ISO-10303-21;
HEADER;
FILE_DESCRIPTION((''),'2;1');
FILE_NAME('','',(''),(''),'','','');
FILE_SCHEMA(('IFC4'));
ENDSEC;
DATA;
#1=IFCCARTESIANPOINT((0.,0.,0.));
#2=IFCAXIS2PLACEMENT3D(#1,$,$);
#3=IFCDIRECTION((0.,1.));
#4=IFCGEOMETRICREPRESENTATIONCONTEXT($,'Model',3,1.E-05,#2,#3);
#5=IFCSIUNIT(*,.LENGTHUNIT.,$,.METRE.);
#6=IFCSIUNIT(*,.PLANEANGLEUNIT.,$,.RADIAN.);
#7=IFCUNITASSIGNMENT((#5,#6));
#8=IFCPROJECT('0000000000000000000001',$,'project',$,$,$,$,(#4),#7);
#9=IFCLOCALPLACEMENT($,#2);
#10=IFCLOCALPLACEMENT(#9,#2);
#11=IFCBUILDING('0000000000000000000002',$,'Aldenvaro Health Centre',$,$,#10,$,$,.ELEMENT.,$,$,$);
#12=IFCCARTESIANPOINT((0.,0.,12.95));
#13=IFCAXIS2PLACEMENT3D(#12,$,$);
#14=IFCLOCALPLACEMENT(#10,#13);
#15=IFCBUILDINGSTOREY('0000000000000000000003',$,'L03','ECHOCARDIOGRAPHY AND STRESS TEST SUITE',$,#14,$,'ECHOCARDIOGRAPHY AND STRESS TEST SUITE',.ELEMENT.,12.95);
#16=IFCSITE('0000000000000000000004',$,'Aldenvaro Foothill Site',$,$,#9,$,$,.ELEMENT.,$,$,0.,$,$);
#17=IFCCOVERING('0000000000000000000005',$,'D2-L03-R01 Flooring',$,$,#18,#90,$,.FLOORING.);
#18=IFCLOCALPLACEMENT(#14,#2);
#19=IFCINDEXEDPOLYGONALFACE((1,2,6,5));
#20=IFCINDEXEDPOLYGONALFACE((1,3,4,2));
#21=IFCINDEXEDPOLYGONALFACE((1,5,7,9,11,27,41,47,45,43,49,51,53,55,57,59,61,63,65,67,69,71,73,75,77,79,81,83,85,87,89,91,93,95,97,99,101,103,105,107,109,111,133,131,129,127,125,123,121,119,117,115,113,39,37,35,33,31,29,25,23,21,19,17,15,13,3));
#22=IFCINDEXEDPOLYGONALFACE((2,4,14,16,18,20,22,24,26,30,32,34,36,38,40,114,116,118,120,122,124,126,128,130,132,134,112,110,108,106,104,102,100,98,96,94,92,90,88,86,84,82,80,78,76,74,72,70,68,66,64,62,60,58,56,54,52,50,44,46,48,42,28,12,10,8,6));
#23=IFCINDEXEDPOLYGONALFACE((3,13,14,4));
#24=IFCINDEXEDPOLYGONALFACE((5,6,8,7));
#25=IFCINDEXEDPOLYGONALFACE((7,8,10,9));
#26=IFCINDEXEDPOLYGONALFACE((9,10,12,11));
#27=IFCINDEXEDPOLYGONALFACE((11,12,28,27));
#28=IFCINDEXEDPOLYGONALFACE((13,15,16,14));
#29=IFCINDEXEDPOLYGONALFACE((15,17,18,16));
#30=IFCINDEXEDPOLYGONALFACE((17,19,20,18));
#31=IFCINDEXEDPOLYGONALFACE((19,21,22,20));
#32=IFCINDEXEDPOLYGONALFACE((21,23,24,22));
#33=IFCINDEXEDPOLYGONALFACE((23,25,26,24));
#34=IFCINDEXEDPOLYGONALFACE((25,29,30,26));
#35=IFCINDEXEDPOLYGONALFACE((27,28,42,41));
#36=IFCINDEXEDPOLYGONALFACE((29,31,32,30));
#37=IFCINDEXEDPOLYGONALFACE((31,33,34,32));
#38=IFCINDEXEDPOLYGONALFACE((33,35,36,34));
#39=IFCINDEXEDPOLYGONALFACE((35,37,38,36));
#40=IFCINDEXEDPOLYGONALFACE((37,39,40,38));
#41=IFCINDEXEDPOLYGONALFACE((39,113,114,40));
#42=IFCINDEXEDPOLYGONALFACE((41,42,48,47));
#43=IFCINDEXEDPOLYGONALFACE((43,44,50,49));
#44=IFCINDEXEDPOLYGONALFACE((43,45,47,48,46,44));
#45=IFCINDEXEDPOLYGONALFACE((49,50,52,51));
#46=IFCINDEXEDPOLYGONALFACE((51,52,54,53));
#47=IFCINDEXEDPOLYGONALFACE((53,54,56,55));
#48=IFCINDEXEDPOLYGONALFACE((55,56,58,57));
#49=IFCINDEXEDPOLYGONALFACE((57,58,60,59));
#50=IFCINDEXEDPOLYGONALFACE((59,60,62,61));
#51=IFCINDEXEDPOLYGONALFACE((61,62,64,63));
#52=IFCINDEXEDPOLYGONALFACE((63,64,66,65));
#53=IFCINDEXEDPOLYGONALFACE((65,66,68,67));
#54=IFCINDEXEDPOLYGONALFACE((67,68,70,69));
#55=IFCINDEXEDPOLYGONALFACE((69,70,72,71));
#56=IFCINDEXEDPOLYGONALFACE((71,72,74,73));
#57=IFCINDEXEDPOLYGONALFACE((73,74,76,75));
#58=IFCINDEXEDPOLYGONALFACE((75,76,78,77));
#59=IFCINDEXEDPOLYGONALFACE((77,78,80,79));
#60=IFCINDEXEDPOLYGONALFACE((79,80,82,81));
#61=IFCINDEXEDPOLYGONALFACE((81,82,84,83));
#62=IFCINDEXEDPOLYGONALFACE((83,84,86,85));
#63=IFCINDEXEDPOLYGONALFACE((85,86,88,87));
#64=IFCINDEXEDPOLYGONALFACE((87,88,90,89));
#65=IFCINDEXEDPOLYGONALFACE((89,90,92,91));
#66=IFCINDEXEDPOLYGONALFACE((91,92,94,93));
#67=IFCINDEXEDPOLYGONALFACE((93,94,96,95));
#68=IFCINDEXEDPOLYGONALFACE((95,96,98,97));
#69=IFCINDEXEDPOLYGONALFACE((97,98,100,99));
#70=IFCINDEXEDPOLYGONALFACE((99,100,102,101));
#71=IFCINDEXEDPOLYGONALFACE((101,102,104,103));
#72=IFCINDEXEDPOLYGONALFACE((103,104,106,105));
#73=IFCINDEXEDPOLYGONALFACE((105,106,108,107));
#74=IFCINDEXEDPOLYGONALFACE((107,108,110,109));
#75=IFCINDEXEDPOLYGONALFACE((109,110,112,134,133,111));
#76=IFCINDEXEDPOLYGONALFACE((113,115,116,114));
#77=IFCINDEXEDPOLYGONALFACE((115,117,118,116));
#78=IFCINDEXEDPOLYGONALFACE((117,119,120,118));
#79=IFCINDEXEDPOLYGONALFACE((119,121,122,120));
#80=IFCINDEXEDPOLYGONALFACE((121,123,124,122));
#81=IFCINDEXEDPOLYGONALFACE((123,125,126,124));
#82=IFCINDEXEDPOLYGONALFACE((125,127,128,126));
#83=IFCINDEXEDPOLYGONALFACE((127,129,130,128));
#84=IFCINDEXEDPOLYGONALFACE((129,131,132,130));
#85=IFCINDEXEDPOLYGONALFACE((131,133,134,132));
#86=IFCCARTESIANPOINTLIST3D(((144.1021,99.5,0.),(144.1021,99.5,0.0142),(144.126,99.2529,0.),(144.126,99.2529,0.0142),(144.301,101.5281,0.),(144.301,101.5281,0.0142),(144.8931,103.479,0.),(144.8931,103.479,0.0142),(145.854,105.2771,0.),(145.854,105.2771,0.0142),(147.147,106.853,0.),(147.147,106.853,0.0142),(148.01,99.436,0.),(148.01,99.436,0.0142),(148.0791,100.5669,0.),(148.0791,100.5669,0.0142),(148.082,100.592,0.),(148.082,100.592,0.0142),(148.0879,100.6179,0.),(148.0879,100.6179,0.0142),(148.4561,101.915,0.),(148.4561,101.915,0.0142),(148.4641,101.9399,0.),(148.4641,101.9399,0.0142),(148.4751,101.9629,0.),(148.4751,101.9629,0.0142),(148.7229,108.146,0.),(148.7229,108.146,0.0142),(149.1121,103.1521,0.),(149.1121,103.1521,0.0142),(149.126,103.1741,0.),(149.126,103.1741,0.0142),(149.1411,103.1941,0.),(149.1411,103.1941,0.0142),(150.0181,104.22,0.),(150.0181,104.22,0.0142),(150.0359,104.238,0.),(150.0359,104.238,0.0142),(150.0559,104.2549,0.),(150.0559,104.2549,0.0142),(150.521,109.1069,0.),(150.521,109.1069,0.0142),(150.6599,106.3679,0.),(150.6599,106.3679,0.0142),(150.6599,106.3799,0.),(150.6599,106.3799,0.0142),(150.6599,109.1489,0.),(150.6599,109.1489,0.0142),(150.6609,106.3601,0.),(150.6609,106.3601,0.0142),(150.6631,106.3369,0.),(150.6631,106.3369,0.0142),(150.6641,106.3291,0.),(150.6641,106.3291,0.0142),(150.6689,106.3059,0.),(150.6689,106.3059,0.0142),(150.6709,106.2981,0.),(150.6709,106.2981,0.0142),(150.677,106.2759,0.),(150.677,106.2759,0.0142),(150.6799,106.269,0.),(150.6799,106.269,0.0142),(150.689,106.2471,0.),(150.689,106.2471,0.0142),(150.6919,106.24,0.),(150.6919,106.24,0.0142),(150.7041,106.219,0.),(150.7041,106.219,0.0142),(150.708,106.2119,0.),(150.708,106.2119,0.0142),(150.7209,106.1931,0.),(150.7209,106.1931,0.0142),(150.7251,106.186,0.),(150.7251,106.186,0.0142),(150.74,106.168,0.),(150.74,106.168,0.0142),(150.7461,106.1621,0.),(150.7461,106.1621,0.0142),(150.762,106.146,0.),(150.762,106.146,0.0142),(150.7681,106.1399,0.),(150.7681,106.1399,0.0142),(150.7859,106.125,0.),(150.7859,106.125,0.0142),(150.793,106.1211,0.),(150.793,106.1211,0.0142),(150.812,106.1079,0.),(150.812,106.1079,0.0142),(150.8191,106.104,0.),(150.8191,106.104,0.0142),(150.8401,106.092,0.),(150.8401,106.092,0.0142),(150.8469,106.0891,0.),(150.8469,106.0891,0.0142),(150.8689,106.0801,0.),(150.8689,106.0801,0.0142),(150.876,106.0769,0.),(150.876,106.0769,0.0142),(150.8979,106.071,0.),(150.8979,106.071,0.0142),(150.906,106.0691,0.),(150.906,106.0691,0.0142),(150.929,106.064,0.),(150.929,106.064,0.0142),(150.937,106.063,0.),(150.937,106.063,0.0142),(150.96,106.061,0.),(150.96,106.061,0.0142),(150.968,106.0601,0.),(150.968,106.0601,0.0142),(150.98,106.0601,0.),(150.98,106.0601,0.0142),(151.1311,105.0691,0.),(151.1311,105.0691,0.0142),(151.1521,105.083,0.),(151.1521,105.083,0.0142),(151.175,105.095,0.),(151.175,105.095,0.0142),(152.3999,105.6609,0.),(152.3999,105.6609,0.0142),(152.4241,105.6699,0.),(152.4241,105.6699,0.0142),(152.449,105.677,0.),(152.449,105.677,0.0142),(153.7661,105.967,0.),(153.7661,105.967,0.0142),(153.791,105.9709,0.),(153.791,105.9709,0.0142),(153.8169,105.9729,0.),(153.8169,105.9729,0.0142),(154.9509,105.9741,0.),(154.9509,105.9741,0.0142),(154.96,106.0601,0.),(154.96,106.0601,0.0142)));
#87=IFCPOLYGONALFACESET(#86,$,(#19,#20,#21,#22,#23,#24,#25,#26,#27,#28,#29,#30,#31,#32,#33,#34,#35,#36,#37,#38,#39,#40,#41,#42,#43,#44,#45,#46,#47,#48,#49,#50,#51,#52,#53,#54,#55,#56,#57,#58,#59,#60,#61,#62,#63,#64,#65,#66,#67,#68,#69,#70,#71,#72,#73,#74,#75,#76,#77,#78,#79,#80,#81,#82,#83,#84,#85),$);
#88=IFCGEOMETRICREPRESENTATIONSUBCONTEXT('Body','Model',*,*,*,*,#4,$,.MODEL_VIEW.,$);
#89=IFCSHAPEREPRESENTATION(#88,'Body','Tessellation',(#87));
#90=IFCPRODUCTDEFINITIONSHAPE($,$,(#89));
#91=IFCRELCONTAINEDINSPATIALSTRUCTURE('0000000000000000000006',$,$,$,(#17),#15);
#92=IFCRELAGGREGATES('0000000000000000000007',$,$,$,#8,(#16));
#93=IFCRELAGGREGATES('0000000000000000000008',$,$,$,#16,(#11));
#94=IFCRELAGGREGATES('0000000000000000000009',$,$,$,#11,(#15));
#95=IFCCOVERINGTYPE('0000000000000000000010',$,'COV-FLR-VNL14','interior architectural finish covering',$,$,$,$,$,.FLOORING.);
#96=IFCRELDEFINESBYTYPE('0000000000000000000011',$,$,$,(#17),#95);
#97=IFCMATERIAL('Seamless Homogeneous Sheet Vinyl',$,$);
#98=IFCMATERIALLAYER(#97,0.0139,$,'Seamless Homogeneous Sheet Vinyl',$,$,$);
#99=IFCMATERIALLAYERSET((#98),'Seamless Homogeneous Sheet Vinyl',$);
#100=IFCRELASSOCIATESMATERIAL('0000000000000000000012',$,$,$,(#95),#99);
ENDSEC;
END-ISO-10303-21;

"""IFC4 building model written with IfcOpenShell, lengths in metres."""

from ifc_helpers import new_model, si_unit, direction, frame, origin, place, context, subcontext, project, spatial, polyline, outline, extrude, material, layer, layer_set, type_object, element, save


model = new_model("IFC4")

# Units and contexts
model_context = context("Model", 3, precision=1e-05, world=origin(), true_north=direction((0.0, 1.0)))
body_context = subcontext(model_context, "Body", "Model", "MODEL_VIEW")
ifc_project = project(units=[si_unit("LENGTHUNIT", "METRE"), si_unit("PLANEANGLEUNIT", "RADIAN")], contexts=[model_context])

# Site, building, storey
site_placement = place(None, origin())
site = spatial("IfcSite", under=ifc_project, at=site_placement, Name="Aldenvaro Foothill Site", CompositionType="ELEMENT", RefElevation=0.0)
building_placement = place(site_placement, origin())
building = spatial("IfcBuilding", under=site, at=building_placement, Name="Aldenvaro Health Centre", CompositionType="ELEMENT")
storey_placement = place(building_placement, frame((0.0, 0.0, 12.95)))
storey = spatial("IfcBuildingStorey", under=building, at=storey_placement, Name="L03", Description="ECHOCARDIOGRAPHY AND STRESS TEST SUITE", LongName="ECHOCARDIOGRAPHY AND STRESS TEST SUITE", CompositionType="ELEMENT", Elevation=12.95)

# Covering
ifc_material_1 = material(Name="Seamless Homogeneous Sheet Vinyl")
ifc_layer_1 = layer(ifc_material_1, 0.0139, Name="Seamless Homogeneous Sheet Vinyl")
ifc_layer_set_1 = layer_set([ifc_layer_1], Name="Seamless Homogeneous Sheet Vinyl")
covering_type_1 = type_object("IfcCoveringType", Name="COV-FLR-VNL14", Description="interior architectural finish covering", PredefinedType="FLOORING", material=ifc_layer_set_1)
covering_1_placement = place(storey_placement, origin())
element("IfcCovering", 1, at=covering_1_placement, inside=storey, type_object=covering_type_1, Name="D2-L03-R01 Flooring", PredefinedType="FLOORING", context=body_context, shape_type="SweptSolid", body=[
    extrude(outline(polyline([(153.8169, 105.9729), (153.791, 105.9709), (153.7661, 105.967), (152.449, 105.677), (152.4241, 105.6699), (152.3999, 105.6609), (151.175, 105.095), (151.1521, 105.083), (151.1311, 105.0691), (150.0559, 104.2549), (150.0359, 104.238), (150.0181, 104.22), (149.1411, 103.1941), (149.126, 103.1741), (149.1121, 103.1521), (148.4751, 101.9629), (148.4641, 101.9399), (148.4561, 101.915), (148.0879, 100.6179), (148.082, 100.592), (148.0791, 100.5669), (148.01, 99.436), (144.126, 99.2529), (144.1021, 99.5), (144.301, 101.5281), (144.8931, 103.479), (145.854, 105.2771), (147.147, 106.853), (148.7229, 108.146), (150.521, 109.1069), (150.6599, 109.1489), (150.6599, 106.3799), (150.6599, 106.3679), (150.6609, 106.3601), (150.6631, 106.3369), (150.6641, 106.3291), (150.6689, 106.3059), (150.6709, 106.2981), (150.677, 106.2759), (150.6799, 106.269), (150.689, 106.2471), (150.6919, 106.24), (150.7041, 106.219), (150.708, 106.2119), (150.7209, 106.1931), (150.7251, 106.186), (150.74, 106.168), (150.7461, 106.1621), (150.762, 106.146), (150.7681, 106.1399), (150.7859, 106.125), (150.793, 106.1211), (150.812, 106.1079), (150.8191, 106.104), (150.8401, 106.092), (150.8469, 106.0891), (150.8689, 106.0801), (150.876, 106.0769), (150.8979, 106.071), (150.906, 106.0691), (150.929, 106.064), (150.937, 106.063), (150.96, 106.061), (150.968, 106.0601), (150.98, 106.0601), (154.96, 106.0601), (154.9509, 105.9741), (153.8169, 105.9729)])), origin(), (0.0, 0.0, 1.0), 0.0142),
])

save(model, "model.ifc")
